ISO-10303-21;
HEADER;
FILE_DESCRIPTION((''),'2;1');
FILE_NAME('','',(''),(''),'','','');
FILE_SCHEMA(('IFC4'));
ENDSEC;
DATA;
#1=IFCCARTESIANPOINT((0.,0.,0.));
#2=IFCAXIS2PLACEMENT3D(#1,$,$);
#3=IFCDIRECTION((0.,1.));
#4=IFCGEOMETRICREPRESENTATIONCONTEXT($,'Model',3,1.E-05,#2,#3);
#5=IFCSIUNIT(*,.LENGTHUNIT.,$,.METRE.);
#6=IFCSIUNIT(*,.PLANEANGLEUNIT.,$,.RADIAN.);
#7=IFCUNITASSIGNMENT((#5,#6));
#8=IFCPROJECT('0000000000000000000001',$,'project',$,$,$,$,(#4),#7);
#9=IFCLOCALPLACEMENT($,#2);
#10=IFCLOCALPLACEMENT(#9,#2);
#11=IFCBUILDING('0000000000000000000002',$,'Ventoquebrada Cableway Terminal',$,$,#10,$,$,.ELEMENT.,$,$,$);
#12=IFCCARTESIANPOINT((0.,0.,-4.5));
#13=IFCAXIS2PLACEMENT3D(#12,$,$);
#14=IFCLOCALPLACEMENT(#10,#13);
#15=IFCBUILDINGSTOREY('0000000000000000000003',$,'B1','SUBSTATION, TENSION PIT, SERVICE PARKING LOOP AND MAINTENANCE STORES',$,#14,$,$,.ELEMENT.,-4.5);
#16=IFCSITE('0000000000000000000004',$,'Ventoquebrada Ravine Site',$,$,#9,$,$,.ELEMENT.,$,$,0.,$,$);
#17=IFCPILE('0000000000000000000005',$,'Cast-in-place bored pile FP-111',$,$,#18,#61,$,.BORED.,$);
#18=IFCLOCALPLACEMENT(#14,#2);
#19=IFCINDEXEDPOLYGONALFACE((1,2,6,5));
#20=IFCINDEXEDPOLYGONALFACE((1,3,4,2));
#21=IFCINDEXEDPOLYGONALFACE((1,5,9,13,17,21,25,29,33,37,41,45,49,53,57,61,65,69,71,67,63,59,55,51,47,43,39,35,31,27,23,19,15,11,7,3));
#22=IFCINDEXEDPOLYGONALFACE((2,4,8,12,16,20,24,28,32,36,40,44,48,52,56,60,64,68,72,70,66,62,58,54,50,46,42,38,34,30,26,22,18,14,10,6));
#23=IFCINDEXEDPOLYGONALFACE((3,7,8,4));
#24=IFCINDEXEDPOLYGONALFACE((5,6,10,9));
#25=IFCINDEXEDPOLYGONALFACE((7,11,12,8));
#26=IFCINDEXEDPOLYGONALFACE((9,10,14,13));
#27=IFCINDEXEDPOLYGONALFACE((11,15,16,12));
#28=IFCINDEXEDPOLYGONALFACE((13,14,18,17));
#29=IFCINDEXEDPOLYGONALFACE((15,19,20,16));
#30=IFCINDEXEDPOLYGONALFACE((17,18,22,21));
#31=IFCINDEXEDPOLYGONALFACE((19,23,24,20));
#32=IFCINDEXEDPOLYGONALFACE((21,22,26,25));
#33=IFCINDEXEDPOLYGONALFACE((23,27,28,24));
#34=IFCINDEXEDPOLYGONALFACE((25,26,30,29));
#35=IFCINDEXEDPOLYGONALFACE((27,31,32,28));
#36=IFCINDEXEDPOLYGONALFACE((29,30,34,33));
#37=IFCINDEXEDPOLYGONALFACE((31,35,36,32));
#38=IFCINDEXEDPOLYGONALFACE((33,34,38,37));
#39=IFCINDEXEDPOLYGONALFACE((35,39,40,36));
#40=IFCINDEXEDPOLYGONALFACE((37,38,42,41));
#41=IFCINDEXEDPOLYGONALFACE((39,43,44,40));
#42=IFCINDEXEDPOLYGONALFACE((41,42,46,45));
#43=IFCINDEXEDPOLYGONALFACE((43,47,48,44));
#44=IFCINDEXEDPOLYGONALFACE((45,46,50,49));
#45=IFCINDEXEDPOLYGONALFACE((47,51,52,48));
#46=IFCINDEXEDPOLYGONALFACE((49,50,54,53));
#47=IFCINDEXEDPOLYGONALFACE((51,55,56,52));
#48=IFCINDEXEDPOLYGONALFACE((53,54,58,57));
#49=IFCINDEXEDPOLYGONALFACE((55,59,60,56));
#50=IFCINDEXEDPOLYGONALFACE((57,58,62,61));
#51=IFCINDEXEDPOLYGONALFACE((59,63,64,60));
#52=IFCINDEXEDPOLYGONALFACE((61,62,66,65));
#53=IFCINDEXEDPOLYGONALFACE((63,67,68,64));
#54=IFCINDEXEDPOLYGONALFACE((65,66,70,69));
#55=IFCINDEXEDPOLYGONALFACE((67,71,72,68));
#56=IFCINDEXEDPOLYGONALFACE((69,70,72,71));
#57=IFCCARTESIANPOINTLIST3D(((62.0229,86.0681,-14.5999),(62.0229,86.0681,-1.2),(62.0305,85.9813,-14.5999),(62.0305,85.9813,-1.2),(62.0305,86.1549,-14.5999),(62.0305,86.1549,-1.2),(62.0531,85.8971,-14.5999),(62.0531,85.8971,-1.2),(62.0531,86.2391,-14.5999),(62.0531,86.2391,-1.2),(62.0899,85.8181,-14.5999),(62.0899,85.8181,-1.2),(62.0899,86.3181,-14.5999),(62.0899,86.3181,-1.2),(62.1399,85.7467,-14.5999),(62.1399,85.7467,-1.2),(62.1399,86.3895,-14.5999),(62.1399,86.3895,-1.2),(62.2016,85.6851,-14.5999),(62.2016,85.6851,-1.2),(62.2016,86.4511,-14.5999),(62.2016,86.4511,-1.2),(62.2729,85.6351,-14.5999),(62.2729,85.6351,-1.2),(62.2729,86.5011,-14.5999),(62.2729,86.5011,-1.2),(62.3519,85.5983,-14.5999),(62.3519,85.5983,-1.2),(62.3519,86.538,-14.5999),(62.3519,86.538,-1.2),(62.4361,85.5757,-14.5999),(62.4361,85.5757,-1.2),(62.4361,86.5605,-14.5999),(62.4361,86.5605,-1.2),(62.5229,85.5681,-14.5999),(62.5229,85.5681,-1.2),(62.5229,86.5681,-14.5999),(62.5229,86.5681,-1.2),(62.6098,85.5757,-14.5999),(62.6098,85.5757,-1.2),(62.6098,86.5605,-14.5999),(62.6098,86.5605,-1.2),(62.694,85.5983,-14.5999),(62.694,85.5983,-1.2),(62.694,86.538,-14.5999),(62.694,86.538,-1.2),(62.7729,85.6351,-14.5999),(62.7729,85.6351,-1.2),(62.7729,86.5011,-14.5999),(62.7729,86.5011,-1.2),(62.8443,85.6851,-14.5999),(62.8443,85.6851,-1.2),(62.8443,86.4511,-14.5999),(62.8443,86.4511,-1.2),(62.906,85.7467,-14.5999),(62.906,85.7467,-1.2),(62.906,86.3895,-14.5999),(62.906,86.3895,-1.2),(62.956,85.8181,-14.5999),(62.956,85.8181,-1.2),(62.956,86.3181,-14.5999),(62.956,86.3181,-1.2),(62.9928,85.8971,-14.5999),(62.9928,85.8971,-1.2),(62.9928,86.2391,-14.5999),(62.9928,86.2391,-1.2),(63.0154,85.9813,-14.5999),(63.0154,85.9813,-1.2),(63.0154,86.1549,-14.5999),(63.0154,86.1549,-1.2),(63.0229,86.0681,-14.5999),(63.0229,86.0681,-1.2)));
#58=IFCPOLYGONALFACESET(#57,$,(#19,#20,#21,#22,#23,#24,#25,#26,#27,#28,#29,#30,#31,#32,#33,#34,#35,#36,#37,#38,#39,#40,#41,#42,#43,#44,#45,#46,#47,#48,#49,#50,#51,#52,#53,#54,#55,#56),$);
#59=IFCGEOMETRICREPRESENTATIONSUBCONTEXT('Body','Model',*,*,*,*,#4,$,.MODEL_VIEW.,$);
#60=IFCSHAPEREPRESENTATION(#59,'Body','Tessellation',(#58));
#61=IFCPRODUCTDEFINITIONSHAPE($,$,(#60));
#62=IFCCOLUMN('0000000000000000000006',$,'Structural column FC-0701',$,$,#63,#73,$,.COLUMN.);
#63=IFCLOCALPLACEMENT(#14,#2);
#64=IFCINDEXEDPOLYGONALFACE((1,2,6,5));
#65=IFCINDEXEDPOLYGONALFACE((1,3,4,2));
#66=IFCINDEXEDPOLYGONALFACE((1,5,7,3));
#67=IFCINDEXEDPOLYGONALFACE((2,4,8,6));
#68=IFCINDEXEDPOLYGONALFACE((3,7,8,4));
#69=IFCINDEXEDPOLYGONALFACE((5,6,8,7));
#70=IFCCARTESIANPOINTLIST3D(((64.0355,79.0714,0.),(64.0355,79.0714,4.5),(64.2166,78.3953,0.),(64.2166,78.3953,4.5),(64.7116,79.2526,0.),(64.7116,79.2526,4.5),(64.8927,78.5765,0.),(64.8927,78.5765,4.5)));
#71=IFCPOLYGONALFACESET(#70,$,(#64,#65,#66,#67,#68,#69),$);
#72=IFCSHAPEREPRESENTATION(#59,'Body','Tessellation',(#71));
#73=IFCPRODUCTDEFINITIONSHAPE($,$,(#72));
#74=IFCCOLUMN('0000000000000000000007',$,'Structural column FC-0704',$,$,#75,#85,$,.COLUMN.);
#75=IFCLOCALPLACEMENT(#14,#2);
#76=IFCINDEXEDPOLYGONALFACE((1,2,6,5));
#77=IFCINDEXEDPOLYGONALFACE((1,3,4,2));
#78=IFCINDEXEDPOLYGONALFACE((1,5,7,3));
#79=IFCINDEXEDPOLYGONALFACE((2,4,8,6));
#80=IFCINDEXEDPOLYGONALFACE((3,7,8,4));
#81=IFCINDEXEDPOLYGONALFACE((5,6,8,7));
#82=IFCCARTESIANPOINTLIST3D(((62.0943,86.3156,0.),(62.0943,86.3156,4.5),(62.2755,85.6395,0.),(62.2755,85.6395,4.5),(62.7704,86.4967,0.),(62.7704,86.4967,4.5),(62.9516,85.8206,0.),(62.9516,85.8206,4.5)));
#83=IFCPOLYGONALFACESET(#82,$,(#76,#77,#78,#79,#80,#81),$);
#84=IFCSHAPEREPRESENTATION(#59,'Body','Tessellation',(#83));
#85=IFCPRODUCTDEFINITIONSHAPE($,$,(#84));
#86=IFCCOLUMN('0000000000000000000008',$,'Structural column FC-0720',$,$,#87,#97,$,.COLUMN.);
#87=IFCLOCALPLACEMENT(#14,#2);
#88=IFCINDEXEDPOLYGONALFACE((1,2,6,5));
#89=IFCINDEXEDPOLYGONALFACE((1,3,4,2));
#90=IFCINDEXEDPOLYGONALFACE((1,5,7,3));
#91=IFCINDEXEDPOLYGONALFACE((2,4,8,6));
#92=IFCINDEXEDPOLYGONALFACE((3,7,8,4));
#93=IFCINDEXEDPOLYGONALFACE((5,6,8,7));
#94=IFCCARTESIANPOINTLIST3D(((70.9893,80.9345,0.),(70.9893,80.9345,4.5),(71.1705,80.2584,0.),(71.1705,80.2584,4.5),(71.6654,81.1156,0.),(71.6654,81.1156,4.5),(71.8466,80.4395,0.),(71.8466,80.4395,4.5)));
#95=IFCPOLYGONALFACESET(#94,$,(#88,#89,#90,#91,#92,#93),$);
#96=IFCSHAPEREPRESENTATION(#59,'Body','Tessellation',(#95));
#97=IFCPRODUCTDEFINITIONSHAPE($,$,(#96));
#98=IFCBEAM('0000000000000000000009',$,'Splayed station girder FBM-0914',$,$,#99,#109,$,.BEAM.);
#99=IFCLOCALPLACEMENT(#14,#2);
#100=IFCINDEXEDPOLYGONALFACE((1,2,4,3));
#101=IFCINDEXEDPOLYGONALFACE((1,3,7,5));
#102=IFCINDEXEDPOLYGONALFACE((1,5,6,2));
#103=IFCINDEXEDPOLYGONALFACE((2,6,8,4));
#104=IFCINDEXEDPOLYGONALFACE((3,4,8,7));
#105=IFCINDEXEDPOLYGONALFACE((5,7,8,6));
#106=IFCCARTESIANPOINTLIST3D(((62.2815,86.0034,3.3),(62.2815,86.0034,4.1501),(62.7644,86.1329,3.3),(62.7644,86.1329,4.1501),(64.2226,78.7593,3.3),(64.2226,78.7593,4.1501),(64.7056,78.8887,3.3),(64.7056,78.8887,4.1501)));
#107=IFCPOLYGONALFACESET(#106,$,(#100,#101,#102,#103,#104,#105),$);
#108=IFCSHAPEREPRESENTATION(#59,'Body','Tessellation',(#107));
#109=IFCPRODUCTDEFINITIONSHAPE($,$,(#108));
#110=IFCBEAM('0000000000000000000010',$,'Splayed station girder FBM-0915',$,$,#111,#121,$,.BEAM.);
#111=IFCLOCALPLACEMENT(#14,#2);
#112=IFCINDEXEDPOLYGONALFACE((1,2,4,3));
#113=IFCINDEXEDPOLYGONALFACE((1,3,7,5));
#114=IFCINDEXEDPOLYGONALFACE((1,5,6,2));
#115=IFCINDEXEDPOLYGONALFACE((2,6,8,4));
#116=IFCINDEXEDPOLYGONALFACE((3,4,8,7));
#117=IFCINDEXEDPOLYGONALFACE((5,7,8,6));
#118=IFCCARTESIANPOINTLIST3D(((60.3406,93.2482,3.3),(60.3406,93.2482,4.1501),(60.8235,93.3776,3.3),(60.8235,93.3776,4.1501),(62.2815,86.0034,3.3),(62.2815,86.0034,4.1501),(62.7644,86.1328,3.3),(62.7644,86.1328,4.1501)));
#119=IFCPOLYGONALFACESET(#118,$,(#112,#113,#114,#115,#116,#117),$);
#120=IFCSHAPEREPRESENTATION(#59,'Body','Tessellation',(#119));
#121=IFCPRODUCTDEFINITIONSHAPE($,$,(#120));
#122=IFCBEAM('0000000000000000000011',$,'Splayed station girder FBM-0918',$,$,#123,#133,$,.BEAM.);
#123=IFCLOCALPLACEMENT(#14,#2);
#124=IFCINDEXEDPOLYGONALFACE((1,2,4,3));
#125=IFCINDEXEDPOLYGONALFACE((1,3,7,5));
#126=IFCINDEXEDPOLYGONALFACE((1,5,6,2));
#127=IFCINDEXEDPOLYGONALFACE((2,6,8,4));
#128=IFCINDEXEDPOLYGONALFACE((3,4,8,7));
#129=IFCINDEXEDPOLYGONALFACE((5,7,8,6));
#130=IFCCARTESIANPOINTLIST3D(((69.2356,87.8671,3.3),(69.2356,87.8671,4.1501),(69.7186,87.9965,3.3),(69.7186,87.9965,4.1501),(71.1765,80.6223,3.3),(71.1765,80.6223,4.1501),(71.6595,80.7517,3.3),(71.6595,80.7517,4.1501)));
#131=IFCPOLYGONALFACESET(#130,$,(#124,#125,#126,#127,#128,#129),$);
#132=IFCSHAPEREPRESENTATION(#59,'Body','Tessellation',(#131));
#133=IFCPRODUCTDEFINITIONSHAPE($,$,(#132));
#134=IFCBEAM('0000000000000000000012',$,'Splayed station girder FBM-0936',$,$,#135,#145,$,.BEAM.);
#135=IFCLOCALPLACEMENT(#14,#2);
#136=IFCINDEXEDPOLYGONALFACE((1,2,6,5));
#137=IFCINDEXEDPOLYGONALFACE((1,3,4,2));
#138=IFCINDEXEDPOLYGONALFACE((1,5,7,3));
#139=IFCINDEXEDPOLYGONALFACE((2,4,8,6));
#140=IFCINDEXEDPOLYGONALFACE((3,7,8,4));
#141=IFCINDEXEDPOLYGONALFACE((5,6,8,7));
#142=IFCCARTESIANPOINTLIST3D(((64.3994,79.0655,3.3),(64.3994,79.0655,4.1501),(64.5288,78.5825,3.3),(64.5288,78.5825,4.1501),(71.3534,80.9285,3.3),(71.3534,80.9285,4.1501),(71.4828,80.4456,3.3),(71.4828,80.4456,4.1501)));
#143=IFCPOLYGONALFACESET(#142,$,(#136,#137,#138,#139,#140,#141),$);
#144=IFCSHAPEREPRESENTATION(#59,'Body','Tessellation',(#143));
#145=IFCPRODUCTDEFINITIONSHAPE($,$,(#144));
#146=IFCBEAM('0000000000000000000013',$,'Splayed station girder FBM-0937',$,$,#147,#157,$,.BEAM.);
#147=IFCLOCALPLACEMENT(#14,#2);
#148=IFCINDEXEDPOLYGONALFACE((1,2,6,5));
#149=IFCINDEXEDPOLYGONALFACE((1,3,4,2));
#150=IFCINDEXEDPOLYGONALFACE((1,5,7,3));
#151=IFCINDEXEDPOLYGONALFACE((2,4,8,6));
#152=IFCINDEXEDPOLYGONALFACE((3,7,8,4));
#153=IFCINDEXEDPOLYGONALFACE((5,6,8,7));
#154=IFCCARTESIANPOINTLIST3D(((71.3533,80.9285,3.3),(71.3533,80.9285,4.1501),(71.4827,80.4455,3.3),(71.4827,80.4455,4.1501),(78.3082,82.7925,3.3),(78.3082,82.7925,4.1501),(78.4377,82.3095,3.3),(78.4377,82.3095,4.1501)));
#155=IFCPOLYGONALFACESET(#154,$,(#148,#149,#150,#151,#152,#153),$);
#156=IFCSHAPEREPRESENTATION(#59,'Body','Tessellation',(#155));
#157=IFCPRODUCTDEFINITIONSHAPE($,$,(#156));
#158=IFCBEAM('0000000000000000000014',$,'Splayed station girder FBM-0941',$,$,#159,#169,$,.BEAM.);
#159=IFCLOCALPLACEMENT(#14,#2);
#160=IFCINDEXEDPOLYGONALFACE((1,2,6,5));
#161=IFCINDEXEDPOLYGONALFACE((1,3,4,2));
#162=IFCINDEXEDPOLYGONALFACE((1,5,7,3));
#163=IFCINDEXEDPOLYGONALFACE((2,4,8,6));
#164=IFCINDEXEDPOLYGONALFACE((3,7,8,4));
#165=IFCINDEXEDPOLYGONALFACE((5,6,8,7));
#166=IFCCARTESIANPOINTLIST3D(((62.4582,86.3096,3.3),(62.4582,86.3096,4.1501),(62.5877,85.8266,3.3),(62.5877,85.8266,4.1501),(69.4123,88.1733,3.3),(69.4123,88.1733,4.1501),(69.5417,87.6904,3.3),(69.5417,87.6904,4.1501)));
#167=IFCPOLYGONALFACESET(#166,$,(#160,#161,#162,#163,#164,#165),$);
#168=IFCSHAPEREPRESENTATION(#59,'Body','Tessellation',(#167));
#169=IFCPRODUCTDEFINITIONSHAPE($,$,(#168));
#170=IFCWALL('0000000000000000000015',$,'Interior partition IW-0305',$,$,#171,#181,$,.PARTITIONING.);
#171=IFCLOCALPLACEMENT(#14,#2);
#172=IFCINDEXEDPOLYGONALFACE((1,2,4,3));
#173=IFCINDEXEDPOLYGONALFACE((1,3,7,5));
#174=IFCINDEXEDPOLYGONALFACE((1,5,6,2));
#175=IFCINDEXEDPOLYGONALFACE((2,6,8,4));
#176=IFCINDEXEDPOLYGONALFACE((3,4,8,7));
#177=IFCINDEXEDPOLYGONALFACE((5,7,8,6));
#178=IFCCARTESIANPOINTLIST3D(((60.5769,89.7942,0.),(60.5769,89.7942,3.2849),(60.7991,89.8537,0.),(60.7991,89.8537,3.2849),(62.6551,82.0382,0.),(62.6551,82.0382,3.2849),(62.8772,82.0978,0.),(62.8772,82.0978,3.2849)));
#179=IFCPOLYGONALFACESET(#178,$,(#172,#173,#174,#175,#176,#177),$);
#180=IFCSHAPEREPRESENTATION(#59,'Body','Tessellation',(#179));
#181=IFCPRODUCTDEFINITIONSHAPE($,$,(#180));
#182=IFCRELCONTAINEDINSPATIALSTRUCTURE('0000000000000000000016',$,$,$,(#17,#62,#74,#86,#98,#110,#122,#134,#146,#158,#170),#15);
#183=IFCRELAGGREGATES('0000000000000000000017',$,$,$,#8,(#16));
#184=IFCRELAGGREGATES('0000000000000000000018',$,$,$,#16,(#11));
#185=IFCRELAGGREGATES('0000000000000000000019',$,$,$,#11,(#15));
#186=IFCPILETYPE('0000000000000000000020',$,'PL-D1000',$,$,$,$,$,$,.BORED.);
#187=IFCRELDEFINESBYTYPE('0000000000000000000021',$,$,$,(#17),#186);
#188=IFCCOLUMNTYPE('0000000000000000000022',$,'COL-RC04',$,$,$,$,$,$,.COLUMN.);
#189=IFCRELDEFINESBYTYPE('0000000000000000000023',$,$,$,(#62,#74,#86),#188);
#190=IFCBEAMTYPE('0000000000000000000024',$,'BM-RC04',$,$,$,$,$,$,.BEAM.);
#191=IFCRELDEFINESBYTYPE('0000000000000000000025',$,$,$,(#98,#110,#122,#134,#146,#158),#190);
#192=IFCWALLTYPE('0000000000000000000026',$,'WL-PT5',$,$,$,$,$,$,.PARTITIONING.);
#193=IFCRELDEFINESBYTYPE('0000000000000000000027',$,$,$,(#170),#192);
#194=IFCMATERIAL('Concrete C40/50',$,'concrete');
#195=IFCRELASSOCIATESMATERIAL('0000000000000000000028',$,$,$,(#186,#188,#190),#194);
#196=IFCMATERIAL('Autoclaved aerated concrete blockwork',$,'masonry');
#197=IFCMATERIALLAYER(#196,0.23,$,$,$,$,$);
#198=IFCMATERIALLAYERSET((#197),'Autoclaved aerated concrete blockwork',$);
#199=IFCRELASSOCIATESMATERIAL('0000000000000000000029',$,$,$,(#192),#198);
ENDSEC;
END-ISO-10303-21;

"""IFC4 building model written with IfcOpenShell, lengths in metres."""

from ifc_helpers import new_model, si_unit, direction, frame, frame_2d, origin, origin_2d, place, context, subcontext, project, spatial, rectangle, circle, extrude, material, layer, layer_set, material_profile, profile_set, type_object, element, save


model = new_model("IFC4")

# Units and contexts
model_context = context("Model", 3, precision=1e-05, world=origin(), true_north=direction((0.0, 1.0)))
body_context = subcontext(model_context, "Body", "Model", "MODEL_VIEW")
ifc_project = project(units=[si_unit("LENGTHUNIT", "METRE"), si_unit("PLANEANGLEUNIT", "RADIAN")], contexts=[model_context])

# Site, building, storey
site_placement = place(None, origin())
site = spatial("IfcSite", under=ifc_project, at=site_placement, Name="Ventoquebrada Ravine Site", CompositionType="ELEMENT", RefElevation=0.0)
building_placement = place(site_placement, origin())
building = spatial("IfcBuilding", under=site, at=building_placement, Name="Ventoquebrada Cableway Terminal", CompositionType="ELEMENT")
storey_placement = place(building_placement, frame((0.0, 0.0, -4.5)))
storey = spatial("IfcBuildingStorey", under=building, at=storey_placement, Name="B1", Description="SUBSTATION, TENSION PIT, SERVICE PARKING LOOP AND MAINTENANCE STORES", CompositionType="ELEMENT", Elevation=-4.5)

# Shared definitions
ifc_material_1 = material(Name="Concrete C40/50", Category="concrete")

# Pile
ifc_material_profile_1 = material_profile(ifc_material_1, circle(Radius=0.5, at=origin_2d()), Name="PILE-D1000")
ifc_profile_set_1 = profile_set([ifc_material_profile_1], Name="Concrete C40/50")
pile_type = type_object("IfcPileType", Name="PL-D1000", PredefinedType="BORED", material=ifc_profile_set_1)
pile_1_placement = place(storey_placement, frame((62.5229, 86.0681, -1.2), z_axis=(0.0, 0.0, -1.0), x_axis=(1.0, 0.0, 0.0)))
element("IfcPile", 1, at=pile_1_placement, inside=storey, type_object=pile_type, Name="Cast-in-place bored pile FP-111", PredefinedType="BORED", context=body_context, shape_type="SweptSolid", body=[
    extrude(circle(Radius=0.5, at=origin_2d()), origin(), (0.0, 0.0, 1.0), 13.3999),
])

# Columns
ifc_material_profile_2 = material_profile(ifc_material_1, rectangle(XDim=0.7, YDim=0.7, at=origin_2d()), Name="RC-COL-700X700")
ifc_profile_set_2 = profile_set([ifc_material_profile_2], Name="Concrete C40/50")
column_type = type_object("IfcColumnType", Name="COL-RC04", PredefinedType="COLUMN", material=ifc_profile_set_2)
for number, where, z_axis, x_axis, name in (
    (2, (64.4641, 78.824, 0.0), (0.0, 0.0, 1.0), (0.965926, 0.258819, 0.0), "Structural column FC-0701"),
    (3, (62.5229, 86.0681, 0.0), (0.0, 0.0, 1.0), (0.965926, 0.258819, 0.0), "Structural column FC-0704"),
    (4, (71.418, 80.687, 0.0), (0.0, 0.0, 1.0), (0.965926, 0.258819, 0.0), "Structural column FC-0720"),
):
    element("IfcColumn", number, at=place(storey_placement, frame(where, z_axis=z_axis, x_axis=x_axis)), inside=storey, type_object=column_type, Name=name, PredefinedType="COLUMN", context=body_context, shape_type="SweptSolid", body=[
        extrude(rectangle(XDim=0.7, YDim=0.7, at=origin_2d()), origin(), (0.0, 0.0, 1.0), 4.5),
    ])

# Beams
ifc_material_profile_3 = material_profile(ifc_material_1, rectangle(XDim=0.5, YDim=0.8501, at=origin_2d()), Name="RC-BM-500X850")
ifc_profile_set_3 = profile_set([ifc_material_profile_3], Name="Concrete C40/50")
beam_type = type_object("IfcBeamType", Name="BM-RC04", PredefinedType="BEAM", material=ifc_profile_set_3)
beam_1_placement = place(storey_placement, frame((64.4641, 78.824, 3.7251), z_axis=(-0.258832, 0.965922, 0.0), x_axis=(-0.965922, -0.258832, 0.0)))
element("IfcBeam", 5, at=beam_1_placement, inside=storey, type_object=beam_type, Name="Splayed station girder FBM-0914", PredefinedType="BEAM", context=body_context, shape_type="SweptSolid", body=[
    extrude(rectangle(XDim=0.5, YDim=0.8501, at=origin_2d()), origin(), (0.0, 0.0, 1.0), 7.4998),
])
for number, where, z_axis, x_axis, name in (
    (6, (62.5229, 86.0681, 3.7251), (-0.258777, 0.965937, 0.0), (-0.965937, -0.258777, 0.0), "Splayed station girder FBM-0915"),
    (7, (71.418, 80.687, 3.7251), (-0.258777, 0.965937, 0.0), (-0.965937, -0.258777, 0.0), "Splayed station girder FBM-0918"),
):
    element("IfcBeam", number, at=place(storey_placement, frame(where, z_axis=z_axis, x_axis=x_axis)), inside=storey, type_object=beam_type, Name=name, PredefinedType="BEAM", context=body_context, shape_type="SweptSolid", body=[
        extrude(rectangle(XDim=0.5, YDim=0.8501, at=origin_2d()), origin(), (0.0, 0.0, 1.0), 7.5002),
    ])
beam_2_placement = place(storey_placement, frame((64.4641, 78.824, 3.7251), z_axis=(0.965934, 0.258788, 0.0), x_axis=(-0.258788, 0.965934, 0.0)))
element("IfcBeam", 8, at=beam_2_placement, inside=storey, type_object=beam_type, Name="Splayed station girder FBM-0936", PredefinedType="BEAM", context=body_context, shape_type="SweptSolid", body=[
    extrude(rectangle(XDim=0.5, YDim=0.8501, at=origin_2d()), origin(), (0.0, 0.0, 1.0), 7.1992),
])
beam_3_placement = place(storey_placement, frame((71.418, 80.687, 3.7251), z_axis=(0.965912, 0.258872, 0.0), x_axis=(-0.258872, 0.965912, 0.0)))
element("IfcBeam", 9, at=beam_3_placement, inside=storey, type_object=beam_type, Name="Splayed station girder FBM-0937", PredefinedType="BEAM", context=body_context, shape_type="SweptSolid", body=[
    extrude(rectangle(XDim=0.5, YDim=0.8501, at=origin_2d()), origin(), (0.0, 0.0, 1.0), 7.2004),
])
beam_4_placement = place(storey_placement, frame((62.5229, 86.0681, 3.7251), z_axis=(0.965911, 0.258874, 0.0), x_axis=(-0.258874, 0.965911, 0.0)))
element("IfcBeam", 10, at=beam_4_placement, inside=storey, type_object=beam_type, Name="Splayed station girder FBM-0941", PredefinedType="BEAM", context=body_context, shape_type="SweptSolid", body=[
    extrude(rectangle(XDim=0.5, YDim=0.8501, at=origin_2d()), origin(), (0.0, 0.0, 1.0), 7.1995),
])

# Wall
ifc_material_2 = material(Name="Autoclaved aerated concrete blockwork", Category="masonry")
ifc_layer = layer(ifc_material_2, 0.23)
ifc_layer_set = layer_set([ifc_layer], Name="Autoclaved aerated concrete blockwork")
wall_type = type_object("IfcWallType", Name="WL-PT5", PredefinedType="PARTITIONING", material=ifc_layer_set)
wall_placement = place(storey_placement, frame((62.7661, 82.0681, 0.0), z_axis=(0.0, 0.0, 1.0), x_axis=(-0.258813, 0.965927, 0.0)))
element("IfcWall", 11, at=wall_placement, inside=storey, type_object=wall_type, Name="Interior partition IW-0305", PredefinedType="PARTITIONING", context=body_context, shape_type="SweptSolid", body=[
    extrude(rectangle(XDim=8.0295, YDim=0.23, at=frame_2d((4.0146, 0.0))), origin(), (0.0, 0.0, 1.0), 3.2849),
])

save(model, "model.ifc")
